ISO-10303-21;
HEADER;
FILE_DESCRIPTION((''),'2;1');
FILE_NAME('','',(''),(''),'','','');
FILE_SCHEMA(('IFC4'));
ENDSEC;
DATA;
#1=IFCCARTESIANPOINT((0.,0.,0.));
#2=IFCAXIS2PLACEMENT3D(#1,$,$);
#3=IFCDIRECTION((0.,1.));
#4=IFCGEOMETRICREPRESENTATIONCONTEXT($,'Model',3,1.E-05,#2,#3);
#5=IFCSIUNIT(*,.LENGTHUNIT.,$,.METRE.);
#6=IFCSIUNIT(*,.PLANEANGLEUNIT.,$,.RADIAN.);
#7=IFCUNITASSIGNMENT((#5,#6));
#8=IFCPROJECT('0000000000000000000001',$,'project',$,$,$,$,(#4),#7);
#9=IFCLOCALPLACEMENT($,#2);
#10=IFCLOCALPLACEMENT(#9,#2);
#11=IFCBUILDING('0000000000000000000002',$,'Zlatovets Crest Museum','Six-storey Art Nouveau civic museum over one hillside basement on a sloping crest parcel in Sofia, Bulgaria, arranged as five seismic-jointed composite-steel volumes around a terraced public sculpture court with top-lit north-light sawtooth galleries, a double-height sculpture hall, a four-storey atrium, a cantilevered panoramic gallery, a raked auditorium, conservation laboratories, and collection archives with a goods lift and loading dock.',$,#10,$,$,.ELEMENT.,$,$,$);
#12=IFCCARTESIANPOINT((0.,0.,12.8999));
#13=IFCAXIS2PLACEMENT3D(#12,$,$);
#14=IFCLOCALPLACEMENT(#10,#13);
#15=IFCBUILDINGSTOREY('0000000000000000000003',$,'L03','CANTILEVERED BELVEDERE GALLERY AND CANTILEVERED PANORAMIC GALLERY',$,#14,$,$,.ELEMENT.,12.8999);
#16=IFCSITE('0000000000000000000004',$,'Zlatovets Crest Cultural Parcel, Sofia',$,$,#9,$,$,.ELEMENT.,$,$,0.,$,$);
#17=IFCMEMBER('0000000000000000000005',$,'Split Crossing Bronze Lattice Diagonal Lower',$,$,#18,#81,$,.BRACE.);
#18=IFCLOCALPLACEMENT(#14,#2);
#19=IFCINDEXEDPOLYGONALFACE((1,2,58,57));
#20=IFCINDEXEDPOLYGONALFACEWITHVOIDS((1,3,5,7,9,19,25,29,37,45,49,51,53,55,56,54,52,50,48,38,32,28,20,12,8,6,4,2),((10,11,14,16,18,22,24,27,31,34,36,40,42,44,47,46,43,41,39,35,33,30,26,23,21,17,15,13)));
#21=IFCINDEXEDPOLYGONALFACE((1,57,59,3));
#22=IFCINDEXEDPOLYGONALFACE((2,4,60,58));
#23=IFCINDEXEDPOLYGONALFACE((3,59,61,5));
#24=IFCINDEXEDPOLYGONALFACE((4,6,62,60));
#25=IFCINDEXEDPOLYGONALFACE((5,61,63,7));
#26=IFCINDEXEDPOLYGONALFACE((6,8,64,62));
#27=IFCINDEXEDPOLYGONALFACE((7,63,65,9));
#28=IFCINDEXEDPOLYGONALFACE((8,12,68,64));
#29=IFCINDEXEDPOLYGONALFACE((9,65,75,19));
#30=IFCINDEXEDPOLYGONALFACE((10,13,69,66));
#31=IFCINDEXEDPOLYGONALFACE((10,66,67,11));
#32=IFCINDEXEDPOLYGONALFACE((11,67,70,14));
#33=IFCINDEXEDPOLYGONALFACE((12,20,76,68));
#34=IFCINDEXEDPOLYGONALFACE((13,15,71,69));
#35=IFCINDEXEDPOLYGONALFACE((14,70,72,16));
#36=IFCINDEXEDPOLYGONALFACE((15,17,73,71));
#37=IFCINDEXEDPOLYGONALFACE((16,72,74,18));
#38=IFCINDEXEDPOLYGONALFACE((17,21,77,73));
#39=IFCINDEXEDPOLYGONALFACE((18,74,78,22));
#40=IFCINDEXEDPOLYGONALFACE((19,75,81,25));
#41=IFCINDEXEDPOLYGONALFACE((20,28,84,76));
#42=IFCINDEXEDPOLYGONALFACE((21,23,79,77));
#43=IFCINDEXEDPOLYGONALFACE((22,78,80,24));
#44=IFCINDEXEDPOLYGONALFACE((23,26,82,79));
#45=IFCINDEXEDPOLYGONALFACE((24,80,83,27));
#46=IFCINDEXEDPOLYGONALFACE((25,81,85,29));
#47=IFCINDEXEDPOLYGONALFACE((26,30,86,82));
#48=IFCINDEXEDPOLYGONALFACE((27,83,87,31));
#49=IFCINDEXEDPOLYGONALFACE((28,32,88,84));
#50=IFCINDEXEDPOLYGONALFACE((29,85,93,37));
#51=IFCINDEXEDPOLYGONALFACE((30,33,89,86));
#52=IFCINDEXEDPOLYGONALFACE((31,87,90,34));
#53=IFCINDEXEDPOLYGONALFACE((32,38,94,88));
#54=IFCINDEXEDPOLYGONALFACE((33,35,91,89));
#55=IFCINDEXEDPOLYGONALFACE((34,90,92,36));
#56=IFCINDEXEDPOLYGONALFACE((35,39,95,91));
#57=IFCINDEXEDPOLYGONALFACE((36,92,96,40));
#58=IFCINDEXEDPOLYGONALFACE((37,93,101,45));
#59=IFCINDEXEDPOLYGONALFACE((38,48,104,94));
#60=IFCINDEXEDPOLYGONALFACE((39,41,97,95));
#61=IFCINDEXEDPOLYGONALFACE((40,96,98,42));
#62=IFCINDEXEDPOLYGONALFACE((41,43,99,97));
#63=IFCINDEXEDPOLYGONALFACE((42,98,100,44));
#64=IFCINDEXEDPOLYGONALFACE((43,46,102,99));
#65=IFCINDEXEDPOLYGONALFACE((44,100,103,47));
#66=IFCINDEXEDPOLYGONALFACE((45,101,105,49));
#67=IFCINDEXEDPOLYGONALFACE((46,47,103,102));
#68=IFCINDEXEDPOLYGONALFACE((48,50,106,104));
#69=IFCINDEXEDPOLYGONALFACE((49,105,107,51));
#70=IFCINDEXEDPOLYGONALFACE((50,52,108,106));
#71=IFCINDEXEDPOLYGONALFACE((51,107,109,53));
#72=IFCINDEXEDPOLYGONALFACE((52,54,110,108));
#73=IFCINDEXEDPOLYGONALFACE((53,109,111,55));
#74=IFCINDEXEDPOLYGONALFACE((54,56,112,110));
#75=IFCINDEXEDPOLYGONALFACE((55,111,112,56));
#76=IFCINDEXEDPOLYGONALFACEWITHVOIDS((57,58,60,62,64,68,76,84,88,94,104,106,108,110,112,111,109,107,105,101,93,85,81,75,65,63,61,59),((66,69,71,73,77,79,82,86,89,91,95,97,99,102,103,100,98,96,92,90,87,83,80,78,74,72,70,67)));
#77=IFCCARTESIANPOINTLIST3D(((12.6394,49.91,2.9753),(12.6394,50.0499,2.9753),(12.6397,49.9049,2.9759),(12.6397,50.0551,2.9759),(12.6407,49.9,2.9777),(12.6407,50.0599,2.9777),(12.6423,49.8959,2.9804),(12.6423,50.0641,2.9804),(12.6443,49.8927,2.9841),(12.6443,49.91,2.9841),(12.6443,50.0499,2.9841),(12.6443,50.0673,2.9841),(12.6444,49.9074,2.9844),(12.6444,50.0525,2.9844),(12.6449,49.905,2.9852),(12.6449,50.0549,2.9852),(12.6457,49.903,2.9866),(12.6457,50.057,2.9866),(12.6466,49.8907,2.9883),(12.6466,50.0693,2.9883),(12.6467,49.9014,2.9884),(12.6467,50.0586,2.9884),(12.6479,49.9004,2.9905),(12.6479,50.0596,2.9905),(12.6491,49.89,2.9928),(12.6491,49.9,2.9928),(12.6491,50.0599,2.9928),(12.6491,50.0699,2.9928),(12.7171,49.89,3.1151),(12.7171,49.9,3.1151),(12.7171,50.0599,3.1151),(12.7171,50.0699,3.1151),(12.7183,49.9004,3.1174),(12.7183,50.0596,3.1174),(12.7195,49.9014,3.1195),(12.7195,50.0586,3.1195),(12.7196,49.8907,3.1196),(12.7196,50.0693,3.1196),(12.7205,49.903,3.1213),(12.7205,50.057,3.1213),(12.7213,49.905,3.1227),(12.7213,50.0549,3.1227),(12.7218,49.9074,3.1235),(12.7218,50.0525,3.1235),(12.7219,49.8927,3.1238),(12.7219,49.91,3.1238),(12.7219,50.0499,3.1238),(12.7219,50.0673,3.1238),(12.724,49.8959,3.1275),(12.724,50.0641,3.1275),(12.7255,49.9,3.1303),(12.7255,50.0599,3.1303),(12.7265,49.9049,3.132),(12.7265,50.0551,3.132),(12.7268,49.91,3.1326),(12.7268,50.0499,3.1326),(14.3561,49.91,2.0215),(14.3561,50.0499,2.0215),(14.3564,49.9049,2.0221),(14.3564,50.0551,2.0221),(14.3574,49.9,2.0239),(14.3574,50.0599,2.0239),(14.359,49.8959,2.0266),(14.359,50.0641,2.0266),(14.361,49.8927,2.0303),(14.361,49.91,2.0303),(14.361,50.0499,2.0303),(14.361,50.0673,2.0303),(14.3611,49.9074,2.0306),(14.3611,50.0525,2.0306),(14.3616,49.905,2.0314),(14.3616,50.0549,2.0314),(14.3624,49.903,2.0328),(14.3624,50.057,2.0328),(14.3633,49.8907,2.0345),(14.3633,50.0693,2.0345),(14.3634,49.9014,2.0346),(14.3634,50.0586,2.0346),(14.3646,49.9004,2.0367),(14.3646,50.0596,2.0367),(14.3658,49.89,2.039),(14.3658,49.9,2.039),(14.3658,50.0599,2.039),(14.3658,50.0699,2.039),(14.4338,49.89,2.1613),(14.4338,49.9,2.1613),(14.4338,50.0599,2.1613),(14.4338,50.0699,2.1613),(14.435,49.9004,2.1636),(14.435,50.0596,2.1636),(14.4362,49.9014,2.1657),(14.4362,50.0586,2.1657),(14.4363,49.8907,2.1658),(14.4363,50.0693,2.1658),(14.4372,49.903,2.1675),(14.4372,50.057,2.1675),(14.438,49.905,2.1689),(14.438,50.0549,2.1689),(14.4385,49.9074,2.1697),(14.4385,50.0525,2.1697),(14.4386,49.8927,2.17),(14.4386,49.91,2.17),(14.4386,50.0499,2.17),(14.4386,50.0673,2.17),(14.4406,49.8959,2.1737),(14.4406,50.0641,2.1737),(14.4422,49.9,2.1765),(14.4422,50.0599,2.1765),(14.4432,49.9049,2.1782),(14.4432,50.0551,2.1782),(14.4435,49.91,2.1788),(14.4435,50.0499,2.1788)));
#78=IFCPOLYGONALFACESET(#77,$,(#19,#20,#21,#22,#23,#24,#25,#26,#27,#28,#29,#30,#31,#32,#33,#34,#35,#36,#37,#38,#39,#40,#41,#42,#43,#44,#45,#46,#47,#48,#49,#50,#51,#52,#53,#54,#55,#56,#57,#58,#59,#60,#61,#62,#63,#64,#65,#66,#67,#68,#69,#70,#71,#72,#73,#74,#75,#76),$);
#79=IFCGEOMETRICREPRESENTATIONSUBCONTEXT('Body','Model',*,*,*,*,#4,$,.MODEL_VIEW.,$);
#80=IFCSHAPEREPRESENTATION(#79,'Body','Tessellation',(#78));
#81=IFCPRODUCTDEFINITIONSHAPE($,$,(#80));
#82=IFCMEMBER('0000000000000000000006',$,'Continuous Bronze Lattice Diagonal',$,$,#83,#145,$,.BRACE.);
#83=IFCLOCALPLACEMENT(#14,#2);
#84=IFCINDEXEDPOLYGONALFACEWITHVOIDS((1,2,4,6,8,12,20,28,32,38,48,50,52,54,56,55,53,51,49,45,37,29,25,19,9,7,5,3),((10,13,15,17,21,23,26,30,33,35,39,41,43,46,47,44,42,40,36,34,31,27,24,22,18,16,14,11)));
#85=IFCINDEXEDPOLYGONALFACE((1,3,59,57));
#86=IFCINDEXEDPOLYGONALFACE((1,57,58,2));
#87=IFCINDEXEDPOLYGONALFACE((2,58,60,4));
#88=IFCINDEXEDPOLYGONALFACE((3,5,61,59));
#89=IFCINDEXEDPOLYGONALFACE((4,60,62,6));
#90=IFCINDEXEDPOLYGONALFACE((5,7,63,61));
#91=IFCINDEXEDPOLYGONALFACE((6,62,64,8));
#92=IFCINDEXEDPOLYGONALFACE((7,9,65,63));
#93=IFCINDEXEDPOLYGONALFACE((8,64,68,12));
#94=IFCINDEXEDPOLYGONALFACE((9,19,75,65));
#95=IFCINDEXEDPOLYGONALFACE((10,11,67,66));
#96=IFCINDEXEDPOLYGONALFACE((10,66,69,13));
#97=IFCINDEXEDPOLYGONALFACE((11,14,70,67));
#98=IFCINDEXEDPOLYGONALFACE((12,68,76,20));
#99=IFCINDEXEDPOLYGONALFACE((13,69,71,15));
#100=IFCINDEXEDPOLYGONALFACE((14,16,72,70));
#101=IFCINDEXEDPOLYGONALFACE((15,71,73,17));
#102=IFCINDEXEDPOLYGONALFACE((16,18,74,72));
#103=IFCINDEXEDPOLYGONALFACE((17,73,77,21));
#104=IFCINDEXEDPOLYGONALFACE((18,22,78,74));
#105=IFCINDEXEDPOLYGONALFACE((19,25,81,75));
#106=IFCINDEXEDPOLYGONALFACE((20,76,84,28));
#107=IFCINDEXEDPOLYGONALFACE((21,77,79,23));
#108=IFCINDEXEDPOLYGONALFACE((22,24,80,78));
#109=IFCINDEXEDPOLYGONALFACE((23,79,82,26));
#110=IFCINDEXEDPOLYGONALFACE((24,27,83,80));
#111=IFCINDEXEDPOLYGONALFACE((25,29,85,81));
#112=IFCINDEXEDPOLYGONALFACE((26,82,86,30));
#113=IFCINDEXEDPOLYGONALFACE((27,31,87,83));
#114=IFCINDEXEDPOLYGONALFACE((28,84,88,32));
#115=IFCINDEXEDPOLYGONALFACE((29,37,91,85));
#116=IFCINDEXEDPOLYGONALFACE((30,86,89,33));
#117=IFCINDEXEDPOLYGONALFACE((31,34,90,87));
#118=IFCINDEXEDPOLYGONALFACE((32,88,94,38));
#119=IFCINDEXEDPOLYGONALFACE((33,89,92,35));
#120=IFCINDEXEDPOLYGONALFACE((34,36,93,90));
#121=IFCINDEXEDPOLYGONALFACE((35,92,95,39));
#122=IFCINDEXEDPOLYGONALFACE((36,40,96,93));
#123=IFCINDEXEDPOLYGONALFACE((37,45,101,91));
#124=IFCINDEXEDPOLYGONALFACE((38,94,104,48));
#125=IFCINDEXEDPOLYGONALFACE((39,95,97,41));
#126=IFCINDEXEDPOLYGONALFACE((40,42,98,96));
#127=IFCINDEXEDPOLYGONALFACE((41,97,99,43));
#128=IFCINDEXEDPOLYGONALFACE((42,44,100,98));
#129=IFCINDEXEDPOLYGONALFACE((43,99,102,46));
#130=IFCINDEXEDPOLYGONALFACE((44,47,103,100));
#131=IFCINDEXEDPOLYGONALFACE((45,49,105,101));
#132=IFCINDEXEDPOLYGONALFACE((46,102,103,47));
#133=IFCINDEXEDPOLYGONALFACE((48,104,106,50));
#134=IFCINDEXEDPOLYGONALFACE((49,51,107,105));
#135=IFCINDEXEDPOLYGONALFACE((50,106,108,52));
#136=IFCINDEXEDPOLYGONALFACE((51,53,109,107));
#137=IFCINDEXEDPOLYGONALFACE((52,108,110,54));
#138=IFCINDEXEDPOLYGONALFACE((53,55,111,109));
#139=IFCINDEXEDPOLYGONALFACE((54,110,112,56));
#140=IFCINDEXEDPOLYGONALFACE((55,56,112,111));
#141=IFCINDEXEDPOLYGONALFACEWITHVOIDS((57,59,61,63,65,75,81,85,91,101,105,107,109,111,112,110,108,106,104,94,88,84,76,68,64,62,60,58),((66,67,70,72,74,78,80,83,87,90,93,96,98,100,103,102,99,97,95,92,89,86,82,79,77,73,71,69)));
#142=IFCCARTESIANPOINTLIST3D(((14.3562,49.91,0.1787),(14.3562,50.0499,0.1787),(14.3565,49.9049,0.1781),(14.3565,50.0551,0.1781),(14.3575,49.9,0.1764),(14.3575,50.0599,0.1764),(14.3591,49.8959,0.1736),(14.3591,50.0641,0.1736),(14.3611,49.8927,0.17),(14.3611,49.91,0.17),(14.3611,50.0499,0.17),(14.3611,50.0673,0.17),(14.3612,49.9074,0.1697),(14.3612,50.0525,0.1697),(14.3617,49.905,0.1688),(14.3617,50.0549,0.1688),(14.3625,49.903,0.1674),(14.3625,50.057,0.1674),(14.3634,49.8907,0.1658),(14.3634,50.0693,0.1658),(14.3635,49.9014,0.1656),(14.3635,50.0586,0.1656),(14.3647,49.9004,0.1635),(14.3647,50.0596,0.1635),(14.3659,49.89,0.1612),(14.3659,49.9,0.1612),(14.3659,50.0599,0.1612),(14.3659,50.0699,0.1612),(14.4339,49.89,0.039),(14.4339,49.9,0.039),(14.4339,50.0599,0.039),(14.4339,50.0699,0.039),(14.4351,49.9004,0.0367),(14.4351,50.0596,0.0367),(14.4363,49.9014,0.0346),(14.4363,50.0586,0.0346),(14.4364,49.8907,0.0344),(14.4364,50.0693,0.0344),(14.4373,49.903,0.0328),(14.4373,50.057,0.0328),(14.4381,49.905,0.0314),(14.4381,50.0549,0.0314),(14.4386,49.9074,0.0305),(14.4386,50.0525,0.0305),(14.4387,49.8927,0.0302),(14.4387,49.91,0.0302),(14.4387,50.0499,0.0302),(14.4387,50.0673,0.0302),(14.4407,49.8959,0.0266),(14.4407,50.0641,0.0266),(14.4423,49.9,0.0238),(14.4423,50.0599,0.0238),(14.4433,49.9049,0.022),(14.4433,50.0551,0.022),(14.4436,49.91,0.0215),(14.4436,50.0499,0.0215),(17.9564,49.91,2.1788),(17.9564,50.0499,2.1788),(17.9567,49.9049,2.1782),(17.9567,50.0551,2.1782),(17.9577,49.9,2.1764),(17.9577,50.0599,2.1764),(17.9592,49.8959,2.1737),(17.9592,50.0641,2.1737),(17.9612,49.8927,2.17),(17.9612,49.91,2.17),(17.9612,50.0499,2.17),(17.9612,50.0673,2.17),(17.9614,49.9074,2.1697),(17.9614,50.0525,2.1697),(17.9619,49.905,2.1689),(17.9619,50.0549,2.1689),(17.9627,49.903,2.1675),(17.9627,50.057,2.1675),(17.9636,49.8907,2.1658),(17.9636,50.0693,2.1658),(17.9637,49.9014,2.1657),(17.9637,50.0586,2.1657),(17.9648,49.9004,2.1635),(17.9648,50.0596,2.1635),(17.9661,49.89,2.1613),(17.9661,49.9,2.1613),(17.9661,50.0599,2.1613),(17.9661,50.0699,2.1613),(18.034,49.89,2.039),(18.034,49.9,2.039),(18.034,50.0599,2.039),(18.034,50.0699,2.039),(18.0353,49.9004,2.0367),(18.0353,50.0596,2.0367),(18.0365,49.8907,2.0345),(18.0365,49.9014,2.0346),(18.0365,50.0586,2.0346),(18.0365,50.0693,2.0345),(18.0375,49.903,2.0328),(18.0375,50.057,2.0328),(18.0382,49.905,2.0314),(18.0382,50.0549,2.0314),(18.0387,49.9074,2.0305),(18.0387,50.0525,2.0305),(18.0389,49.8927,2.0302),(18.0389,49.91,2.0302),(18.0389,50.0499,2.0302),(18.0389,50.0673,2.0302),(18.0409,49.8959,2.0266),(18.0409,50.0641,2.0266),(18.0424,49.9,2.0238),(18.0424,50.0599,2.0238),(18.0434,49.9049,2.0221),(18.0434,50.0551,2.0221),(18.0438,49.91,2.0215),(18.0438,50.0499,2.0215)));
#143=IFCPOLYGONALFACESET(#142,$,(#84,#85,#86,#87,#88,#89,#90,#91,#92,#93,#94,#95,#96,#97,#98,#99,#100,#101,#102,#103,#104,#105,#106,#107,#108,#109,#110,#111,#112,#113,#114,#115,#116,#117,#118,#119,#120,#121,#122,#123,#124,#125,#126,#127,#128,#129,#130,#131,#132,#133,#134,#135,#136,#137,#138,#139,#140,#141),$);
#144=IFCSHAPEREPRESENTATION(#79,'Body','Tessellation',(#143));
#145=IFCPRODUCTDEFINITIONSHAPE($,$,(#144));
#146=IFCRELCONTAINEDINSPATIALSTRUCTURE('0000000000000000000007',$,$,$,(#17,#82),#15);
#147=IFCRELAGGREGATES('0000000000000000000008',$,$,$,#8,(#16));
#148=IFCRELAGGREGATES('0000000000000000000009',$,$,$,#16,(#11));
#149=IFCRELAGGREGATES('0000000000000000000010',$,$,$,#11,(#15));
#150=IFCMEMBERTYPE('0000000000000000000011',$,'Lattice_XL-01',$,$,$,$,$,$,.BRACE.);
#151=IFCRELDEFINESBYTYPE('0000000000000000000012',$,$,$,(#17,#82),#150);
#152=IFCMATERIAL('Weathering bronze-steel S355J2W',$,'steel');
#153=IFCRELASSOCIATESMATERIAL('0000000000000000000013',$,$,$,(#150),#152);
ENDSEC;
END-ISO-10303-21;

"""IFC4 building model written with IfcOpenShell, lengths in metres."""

from ifc_helpers import new_model, si_unit, direction, frame, origin, origin_2d, place, context, subcontext, project, spatial, hollow_rectangle, extrude, material, material_profile, profile_set, type_object, element, save


model = new_model("IFC4")

# Units and contexts
model_context = context("Model", 3, precision=1e-05, world=origin(), true_north=direction((0.0, 1.0)))
body_context = subcontext(model_context, "Body", "Model", "MODEL_VIEW")
ifc_project = project(units=[si_unit("LENGTHUNIT", "METRE"), si_unit("PLANEANGLEUNIT", "RADIAN")], contexts=[model_context])

# Site, building, storey
site_placement = place(None, origin())
site = spatial("IfcSite", under=ifc_project, at=site_placement, Name="Zlatovets Crest Cultural Parcel, Sofia", CompositionType="ELEMENT", RefElevation=0.0)
building_placement = place(site_placement, origin())
building = spatial("IfcBuilding", under=site, at=building_placement, Name="Zlatovets Crest Museum", Description="Six-storey Art Nouveau civic museum over one hillside basement on a sloping crest parcel in Sofia, Bulgaria, arranged as five seismic-jointed composite-steel volumes around a terraced public sculpture court with top-lit north-light sawtooth galleries, a double-height sculpture hall, a four-storey atrium, a cantilevered panoramic gallery, a raked auditorium, conservation laboratories, and collection archives with a goods lift and loading dock.", CompositionType="ELEMENT")
storey_placement = place(building_placement, frame((0.0, 0.0, 12.8999)))
storey = spatial("IfcBuildingStorey", under=building, at=storey_placement, Name="L03", Description="CANTILEVERED BELVEDERE GALLERY AND CANTILEVERED PANORAMIC GALLERY", CompositionType="ELEMENT", Elevation=12.8999)

# Members
ifc_material_1 = material(Name="Weathering bronze-steel S355J2W", Category="steel")
ifc_material_profile_1 = material_profile(ifc_material_1, hollow_rectangle(XDim=0.1799, YDim=0.1799, WallThickness=0.01, InnerFilletRadius=0.01, OuterFilletRadius=0.02, at=origin_2d()), Name="SHS 180x180x10.0")
ifc_profile_set_1 = profile_set([ifc_material_profile_1], Name="Weathering bronze-steel S355J2W")
member_type_1 = type_object("IfcMemberType", Name="Lattice_XL-01", PredefinedType="BRACE", material=ifc_profile_set_1)
member_1_placement = place(storey_placement, frame((12.6831, 49.98, 3.054), z_axis=(0.87414, 0.0, -0.485675), x_axis=(0.0, 1.0, 0.0)))
element("IfcMember", 1, at=member_1_placement, inside=storey, type_object=member_type_1, Name="Split Crossing Bronze Lattice Diagonal Lower", PredefinedType="BRACE", context=body_context, shape_type="SweptSolid", body=[
    extrude(hollow_rectangle(XDim=0.1799, YDim=0.1799, WallThickness=0.01, InnerFilletRadius=0.01, OuterFilletRadius=0.02, at=origin_2d()), origin(), (0.0, 0.0, 1.0), 1.9639),
])
member_2_placement = place(storey_placement, frame((14.3999, 49.98, 0.1001), z_axis=(0.874163, 0.0, 0.485633), x_axis=(0.0, 1.0, 0.0)))
element("IfcMember", 2, at=member_2_placement, inside=storey, type_object=member_type_1, Name="Continuous Bronze Lattice Diagonal", PredefinedType="BRACE", context=body_context, shape_type="SweptSolid", body=[
    extrude(hollow_rectangle(XDim=0.1799, YDim=0.1799, WallThickness=0.01, InnerFilletRadius=0.01, OuterFilletRadius=0.02, at=origin_2d()), origin(), (0.0, 0.0, 1.0), 4.1184),
])

save(model, "model.ifc")
